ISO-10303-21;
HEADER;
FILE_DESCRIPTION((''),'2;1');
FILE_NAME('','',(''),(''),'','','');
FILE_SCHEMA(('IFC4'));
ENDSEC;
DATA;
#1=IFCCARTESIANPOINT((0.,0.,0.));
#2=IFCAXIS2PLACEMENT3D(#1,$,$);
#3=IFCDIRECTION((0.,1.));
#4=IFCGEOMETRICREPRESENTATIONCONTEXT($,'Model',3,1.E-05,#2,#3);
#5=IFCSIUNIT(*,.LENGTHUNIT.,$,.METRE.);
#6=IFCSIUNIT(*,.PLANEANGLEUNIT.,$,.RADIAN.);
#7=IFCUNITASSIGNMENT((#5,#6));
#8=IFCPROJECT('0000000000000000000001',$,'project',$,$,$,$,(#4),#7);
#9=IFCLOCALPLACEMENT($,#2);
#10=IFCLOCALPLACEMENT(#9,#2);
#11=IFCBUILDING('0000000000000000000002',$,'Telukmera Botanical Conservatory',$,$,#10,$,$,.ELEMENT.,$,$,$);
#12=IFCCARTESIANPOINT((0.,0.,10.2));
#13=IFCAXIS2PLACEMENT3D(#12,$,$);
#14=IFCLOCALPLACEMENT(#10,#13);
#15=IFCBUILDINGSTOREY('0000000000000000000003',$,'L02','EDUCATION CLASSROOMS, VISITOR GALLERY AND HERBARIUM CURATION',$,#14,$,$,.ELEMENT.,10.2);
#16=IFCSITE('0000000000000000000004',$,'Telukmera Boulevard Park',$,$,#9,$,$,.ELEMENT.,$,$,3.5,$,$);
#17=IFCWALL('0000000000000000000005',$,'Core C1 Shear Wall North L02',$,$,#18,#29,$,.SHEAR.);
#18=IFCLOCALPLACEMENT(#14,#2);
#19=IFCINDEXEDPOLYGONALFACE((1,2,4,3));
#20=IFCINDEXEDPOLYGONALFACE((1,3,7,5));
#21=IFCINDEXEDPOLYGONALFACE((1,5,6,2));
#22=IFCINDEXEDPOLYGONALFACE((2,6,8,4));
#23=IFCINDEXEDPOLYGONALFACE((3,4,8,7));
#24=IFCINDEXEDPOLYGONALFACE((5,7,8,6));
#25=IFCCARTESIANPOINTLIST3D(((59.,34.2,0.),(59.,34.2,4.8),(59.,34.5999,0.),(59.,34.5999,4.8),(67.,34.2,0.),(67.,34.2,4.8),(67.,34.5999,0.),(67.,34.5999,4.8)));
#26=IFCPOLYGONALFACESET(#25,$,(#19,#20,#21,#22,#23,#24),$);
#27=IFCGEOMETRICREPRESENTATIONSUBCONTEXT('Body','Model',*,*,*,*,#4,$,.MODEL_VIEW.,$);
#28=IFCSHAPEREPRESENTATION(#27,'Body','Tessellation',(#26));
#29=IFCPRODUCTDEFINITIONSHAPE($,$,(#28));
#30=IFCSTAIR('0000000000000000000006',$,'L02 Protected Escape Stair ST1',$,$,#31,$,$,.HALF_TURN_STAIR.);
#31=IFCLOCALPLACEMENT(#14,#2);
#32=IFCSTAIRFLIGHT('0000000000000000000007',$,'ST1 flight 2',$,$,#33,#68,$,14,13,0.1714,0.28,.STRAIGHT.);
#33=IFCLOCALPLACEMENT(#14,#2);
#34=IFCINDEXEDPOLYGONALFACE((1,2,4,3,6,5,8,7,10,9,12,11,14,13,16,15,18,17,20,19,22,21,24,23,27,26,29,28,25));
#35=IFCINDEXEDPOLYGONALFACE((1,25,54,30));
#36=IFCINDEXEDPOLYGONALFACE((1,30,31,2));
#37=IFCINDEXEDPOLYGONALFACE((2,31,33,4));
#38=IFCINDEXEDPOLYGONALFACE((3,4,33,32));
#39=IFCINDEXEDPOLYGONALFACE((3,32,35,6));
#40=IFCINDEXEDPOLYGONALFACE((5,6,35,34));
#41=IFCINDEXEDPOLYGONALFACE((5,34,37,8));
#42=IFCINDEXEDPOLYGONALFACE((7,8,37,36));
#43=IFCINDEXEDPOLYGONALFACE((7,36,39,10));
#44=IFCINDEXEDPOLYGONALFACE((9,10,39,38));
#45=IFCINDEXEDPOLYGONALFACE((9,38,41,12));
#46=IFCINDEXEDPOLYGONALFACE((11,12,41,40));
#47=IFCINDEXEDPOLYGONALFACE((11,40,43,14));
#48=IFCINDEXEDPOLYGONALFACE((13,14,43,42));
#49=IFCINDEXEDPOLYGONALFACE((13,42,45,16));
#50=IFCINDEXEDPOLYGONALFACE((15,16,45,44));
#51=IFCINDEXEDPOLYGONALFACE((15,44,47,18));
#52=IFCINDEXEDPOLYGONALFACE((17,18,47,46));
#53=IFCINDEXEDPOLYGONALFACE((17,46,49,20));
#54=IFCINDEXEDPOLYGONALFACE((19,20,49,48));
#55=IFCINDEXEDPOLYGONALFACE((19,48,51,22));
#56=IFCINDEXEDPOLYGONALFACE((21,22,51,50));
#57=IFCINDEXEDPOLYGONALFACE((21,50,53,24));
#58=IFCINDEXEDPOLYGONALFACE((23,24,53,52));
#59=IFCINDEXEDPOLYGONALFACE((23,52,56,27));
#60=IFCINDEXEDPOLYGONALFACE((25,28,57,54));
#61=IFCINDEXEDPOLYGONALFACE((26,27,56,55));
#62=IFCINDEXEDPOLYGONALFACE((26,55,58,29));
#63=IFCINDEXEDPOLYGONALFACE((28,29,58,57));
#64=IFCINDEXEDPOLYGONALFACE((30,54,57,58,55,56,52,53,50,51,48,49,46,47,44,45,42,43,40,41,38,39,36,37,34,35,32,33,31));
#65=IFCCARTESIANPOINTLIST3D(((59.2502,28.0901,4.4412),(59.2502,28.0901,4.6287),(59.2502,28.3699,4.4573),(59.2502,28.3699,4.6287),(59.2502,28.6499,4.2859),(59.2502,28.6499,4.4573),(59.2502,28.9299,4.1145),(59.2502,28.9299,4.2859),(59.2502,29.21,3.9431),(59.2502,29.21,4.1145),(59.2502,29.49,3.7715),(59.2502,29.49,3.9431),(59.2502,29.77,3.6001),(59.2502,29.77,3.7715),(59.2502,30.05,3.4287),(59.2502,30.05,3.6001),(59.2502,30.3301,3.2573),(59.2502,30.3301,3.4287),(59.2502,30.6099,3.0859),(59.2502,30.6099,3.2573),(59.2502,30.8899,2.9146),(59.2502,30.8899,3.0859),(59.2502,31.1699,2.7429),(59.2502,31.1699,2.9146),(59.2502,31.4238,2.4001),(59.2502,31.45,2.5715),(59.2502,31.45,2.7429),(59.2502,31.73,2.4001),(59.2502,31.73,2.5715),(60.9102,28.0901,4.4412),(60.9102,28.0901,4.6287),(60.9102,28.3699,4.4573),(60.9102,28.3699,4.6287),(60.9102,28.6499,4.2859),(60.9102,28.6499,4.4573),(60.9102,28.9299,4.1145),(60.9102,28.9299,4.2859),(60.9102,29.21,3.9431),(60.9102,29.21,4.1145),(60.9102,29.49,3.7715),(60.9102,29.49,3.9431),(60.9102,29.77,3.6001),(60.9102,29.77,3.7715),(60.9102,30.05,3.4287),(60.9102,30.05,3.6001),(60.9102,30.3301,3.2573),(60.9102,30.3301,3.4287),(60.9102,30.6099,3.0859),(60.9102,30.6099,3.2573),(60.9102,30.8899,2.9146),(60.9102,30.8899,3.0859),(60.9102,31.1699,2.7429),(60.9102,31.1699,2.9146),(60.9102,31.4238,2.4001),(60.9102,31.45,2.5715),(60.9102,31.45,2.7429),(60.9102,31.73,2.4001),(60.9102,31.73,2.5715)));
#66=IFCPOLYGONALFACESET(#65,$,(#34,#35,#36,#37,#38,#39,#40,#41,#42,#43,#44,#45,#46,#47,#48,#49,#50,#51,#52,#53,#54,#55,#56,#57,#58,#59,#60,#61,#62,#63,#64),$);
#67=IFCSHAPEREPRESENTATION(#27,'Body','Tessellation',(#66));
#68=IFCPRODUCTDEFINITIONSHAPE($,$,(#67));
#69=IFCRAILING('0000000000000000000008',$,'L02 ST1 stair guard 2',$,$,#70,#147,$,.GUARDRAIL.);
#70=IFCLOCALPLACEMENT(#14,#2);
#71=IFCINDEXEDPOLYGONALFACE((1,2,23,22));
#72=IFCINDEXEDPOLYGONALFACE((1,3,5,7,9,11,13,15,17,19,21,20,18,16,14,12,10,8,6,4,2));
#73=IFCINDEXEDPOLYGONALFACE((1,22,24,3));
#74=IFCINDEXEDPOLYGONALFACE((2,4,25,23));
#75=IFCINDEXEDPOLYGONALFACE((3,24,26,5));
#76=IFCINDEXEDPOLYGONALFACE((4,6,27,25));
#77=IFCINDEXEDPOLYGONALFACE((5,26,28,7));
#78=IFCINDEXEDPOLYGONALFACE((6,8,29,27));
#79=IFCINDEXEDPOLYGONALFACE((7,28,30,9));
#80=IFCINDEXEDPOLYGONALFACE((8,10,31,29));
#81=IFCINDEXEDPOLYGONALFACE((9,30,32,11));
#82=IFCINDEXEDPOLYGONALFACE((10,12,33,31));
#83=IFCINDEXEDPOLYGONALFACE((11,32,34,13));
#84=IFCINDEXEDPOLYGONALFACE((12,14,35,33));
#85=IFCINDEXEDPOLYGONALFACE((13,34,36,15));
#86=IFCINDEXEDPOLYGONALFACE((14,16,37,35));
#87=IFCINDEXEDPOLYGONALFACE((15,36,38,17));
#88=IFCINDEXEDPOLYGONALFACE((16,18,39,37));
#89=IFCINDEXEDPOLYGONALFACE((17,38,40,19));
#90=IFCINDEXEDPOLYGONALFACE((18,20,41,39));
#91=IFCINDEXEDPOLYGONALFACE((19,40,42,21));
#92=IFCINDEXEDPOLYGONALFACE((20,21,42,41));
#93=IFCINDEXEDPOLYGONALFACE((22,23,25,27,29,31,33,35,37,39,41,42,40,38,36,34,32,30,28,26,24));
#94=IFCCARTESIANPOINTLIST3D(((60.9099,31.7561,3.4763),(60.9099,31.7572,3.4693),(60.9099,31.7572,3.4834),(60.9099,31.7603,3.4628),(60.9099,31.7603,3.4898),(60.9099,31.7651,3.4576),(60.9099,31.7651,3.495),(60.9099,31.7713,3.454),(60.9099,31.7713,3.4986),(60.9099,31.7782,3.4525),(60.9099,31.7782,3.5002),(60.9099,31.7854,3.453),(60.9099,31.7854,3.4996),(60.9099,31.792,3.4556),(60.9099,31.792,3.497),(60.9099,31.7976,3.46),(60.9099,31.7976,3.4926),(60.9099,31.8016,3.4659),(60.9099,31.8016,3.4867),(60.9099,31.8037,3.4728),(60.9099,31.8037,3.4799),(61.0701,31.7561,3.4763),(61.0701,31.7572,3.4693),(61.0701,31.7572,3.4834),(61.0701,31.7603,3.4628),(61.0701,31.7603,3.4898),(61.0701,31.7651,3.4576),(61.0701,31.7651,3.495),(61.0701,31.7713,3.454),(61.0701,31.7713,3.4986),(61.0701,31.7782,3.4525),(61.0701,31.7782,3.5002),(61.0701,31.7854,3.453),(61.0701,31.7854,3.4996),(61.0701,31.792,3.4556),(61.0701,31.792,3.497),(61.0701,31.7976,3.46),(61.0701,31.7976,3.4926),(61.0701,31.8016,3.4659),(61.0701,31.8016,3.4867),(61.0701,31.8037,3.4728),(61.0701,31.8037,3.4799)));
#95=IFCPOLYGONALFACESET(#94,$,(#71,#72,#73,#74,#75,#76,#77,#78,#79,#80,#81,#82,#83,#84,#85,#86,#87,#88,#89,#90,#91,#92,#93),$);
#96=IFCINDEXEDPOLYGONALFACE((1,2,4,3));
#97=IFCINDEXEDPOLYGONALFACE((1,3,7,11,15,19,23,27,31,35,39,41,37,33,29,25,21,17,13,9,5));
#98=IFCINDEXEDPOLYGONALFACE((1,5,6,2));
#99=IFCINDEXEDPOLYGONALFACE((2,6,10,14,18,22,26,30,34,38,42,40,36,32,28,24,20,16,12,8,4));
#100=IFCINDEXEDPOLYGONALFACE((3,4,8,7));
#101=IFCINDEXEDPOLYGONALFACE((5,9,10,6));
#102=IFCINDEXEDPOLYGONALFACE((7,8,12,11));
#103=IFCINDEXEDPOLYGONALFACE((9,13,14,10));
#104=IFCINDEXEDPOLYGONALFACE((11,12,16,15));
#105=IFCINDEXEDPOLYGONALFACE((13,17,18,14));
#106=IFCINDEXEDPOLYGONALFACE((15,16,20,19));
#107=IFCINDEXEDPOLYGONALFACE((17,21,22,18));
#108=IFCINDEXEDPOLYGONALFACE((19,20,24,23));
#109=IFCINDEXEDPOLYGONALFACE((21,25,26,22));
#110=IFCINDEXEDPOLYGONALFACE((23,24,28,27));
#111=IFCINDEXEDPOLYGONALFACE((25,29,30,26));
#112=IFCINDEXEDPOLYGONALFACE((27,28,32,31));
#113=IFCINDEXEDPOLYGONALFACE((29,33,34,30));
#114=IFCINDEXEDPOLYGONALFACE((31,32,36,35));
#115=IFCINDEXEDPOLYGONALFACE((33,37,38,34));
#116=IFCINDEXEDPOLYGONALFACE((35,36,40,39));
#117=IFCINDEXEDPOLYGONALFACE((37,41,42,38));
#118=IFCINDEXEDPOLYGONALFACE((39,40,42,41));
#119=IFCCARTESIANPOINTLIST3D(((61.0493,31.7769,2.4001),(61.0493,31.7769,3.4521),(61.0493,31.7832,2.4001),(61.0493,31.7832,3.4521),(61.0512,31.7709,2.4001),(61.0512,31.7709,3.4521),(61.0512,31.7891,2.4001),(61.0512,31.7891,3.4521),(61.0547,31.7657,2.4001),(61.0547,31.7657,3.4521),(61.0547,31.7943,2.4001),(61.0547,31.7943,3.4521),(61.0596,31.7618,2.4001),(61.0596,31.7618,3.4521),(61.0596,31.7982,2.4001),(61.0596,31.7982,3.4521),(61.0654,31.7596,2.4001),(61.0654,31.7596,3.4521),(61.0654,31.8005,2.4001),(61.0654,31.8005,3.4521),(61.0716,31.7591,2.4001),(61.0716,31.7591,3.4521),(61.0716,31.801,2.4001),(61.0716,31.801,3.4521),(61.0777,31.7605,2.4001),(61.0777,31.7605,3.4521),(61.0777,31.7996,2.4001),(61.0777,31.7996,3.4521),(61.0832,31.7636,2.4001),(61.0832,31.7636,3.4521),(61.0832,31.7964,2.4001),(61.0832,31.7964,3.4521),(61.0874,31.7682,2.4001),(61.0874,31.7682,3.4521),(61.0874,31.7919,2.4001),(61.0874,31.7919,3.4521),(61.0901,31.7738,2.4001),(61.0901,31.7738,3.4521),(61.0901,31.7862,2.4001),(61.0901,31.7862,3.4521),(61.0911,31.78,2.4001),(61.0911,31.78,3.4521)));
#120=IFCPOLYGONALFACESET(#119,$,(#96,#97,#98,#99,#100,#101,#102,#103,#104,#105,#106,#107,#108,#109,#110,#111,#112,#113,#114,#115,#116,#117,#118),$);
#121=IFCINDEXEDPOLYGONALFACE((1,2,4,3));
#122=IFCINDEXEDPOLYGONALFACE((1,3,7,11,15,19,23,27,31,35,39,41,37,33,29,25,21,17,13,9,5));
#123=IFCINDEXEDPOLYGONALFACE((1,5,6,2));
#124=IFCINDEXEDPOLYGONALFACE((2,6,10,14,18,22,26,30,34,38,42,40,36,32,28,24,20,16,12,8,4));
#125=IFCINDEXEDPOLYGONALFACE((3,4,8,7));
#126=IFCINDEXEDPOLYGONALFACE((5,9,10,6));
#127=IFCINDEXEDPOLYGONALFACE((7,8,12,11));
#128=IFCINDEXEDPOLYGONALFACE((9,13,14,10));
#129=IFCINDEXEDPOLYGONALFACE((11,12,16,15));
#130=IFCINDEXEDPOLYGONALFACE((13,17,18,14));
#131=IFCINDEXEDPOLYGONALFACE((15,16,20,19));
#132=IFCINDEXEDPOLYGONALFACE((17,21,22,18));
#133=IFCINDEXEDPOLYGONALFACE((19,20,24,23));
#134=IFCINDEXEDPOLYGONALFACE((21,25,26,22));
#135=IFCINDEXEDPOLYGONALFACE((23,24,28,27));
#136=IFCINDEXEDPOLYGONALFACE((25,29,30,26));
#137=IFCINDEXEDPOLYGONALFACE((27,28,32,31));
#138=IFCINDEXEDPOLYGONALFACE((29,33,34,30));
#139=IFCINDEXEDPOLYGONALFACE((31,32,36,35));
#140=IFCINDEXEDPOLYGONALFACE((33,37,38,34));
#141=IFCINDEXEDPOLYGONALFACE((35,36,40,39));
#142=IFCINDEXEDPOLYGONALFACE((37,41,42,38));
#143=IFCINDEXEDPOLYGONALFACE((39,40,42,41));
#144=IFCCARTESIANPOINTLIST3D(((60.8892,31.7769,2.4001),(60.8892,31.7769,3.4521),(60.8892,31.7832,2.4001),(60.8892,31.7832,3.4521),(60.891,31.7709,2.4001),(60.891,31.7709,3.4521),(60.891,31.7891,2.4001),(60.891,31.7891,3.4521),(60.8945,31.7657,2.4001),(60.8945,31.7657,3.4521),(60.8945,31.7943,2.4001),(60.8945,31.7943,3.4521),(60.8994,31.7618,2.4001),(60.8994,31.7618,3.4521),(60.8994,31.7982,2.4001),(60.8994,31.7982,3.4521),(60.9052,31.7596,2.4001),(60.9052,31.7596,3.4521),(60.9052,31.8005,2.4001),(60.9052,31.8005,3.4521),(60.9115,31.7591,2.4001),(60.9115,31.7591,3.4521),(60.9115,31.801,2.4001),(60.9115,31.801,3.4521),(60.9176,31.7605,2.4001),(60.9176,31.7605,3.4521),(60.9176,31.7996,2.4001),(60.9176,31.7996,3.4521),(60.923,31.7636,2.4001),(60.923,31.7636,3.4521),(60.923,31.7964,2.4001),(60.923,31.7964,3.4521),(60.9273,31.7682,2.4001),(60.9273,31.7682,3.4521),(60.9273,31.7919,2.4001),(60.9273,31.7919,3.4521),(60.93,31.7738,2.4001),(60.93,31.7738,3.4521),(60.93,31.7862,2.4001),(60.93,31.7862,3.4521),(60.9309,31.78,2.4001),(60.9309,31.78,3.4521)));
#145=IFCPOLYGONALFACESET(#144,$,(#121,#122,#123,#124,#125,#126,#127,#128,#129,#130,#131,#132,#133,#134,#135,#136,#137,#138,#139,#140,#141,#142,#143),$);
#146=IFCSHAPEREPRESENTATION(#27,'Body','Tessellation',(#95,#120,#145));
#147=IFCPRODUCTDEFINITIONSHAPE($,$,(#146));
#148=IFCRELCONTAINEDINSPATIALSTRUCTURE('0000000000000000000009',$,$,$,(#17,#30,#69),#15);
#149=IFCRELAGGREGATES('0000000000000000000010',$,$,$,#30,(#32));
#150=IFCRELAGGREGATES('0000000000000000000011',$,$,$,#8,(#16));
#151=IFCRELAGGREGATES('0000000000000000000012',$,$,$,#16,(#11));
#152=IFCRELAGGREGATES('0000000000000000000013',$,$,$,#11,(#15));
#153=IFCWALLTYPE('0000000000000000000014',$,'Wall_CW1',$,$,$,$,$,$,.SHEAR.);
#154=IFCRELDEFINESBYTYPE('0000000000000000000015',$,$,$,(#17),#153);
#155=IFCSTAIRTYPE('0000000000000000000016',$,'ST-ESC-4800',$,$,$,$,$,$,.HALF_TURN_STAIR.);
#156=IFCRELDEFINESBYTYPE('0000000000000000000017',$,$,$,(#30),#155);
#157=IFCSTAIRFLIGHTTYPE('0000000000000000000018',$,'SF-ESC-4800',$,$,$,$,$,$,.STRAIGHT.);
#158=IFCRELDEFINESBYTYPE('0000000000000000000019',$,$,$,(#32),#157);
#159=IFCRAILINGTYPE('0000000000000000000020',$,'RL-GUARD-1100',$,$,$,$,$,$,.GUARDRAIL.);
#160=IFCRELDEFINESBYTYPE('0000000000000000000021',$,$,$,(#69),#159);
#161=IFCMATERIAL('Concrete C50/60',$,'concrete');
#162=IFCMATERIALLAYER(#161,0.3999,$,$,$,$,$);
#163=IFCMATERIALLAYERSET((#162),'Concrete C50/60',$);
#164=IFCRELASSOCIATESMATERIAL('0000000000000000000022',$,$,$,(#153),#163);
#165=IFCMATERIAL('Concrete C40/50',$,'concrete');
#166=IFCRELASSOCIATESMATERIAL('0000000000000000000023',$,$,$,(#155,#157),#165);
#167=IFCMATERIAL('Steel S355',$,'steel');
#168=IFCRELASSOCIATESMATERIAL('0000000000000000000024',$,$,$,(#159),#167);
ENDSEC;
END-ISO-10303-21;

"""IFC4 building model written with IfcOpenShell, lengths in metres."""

from ifc_helpers import new_model, si_unit, direction, frame, frame_2d, origin, origin_2d, place, context, subcontext, project, spatial, polyline, rectangle, circle, outline, extrude, material, layer, layer_set, type_object, element, aggregate, save


model = new_model("IFC4")

# Units and contexts
model_context = context("Model", 3, precision=1e-05, world=origin(), true_north=direction((0.0, 1.0)))
body_context = subcontext(model_context, "Body", "Model", "MODEL_VIEW")
ifc_project = project(units=[si_unit("LENGTHUNIT", "METRE"), si_unit("PLANEANGLEUNIT", "RADIAN")], contexts=[model_context])

# Site, building, storey
site_placement = place(None, origin())
site = spatial("IfcSite", under=ifc_project, at=site_placement, Name="Telukmera Boulevard Park", CompositionType="ELEMENT", RefElevation=3.5)
building_placement = place(site_placement, origin())
building = spatial("IfcBuilding", under=site, at=building_placement, Name="Telukmera Botanical Conservatory", CompositionType="ELEMENT")
storey_placement = place(building_placement, frame((0.0, 0.0, 10.2)))
storey = spatial("IfcBuildingStorey", under=building, at=storey_placement, Name="L02", Description="EDUCATION CLASSROOMS, VISITOR GALLERY AND HERBARIUM CURATION", CompositionType="ELEMENT", Elevation=10.2)

# Shared definitions
ifc_material_1 = material(Name="Concrete C50/60", Category="concrete")

# Shared definitions
ifc_material_2 = material(Name="Concrete C40/50", Category="concrete")

# Wall
ifc_layer_1 = layer(ifc_material_1, 0.3999)
ifc_layer_set_1 = layer_set([ifc_layer_1], Name="Concrete C50/60")
wall_type_1 = type_object("IfcWallType", Name="Wall_CW1", PredefinedType="SHEAR", material=ifc_layer_set_1)
wall_1_placement = place(storey_placement, frame((59.0, 34.3999, 0.0), z_axis=(0.0, 0.0, 1.0), x_axis=(1.0, 0.0, 0.0)))
element("IfcWall", 1, at=wall_1_placement, inside=storey, type_object=wall_type_1, Name="Core C1 Shear Wall North L02", PredefinedType="SHEAR", context=body_context, shape_type="SweptSolid", body=[
    extrude(rectangle(XDim=8.0, YDim=0.3999, at=frame_2d((4.0, 0.0))), origin(), (0.0, 0.0, 1.0), 4.8),
])

# Stair, stair flight
stair_type = type_object("IfcStairType", Name="ST-ESC-4800", PredefinedType="HALF_TURN_STAIR", material=ifc_material_2)
stair_placement = place(storey_placement, origin())
stair = element("IfcStair", 2, at=stair_placement, inside=storey, type_object=stair_type, Name="L02 Protected Escape Stair ST1", PredefinedType="HALF_TURN_STAIR")
stair_flight_type = type_object("IfcStairFlightType", Name="SF-ESC-4800", PredefinedType="STRAIGHT", material=ifc_material_2)
stair_flight_placement = place(storey_placement, frame((60.0801, 31.73, 2.4001), z_axis=(0.0, 0.0, 1.0), x_axis=(0.0, -1.0, 0.0)))
stair_flight = element("IfcStairFlight", 3, at=stair_flight_placement, type_object=stair_flight_type, Name="ST1 flight 2", NumberOfRisers=14, NumberOfTreads=13, PredefinedType="STRAIGHT", RiserHeight=0.1714, TreadLength=0.28, context=body_context, shape_type="SweptSolid", body=[
    extrude(outline(polyline([(0.0, 0.0), (0.0, 0.1714), (0.28, 0.1714), (0.28, 0.3428), (0.5601, 0.3428), (0.5601, 0.5144), (0.8401, 0.5144), (0.8401, 0.6858), (1.1201, 0.6858), (1.1201, 0.8572), (1.3999, 0.8572), (1.3999, 1.0286), (1.6799, 1.0286), (1.6799, 1.2), (1.96, 1.2), (1.96, 1.3713), (2.24, 1.3713), (2.24, 1.543), (2.52, 1.543), (2.52, 1.7144), (2.8, 1.7144), (2.8, 1.8857), (3.0801, 1.8857), (3.0801, 2.0571), (3.3601, 2.0571), (3.3601, 2.2285), (3.6399, 2.2285), (3.6399, 2.3999), (3.6399, 2.041), (0.3062, 0.0), (0.0, 0.0)])), frame((0.0, 0.8301, 0.0), z_axis=(0.0, -1.0, 0.0), x_axis=(1.0, 0.0, 0.0)), (0.0, 0.0, 1.0), 1.6599),
])
aggregate(stair, [stair_flight])

# Railing
ifc_material_3 = material(Name="Steel S355", Category="steel")
railing_type = type_object("IfcRailingType", Name="RL-GUARD-1100", PredefinedType="GUARDRAIL", material=ifc_material_3)
railing_1_placement = place(storey_placement, frame((61.0701, 31.78, 2.4001)))
element("IfcRailing", 4, at=railing_1_placement, inside=storey, type_object=railing_type, Name="L02 ST1 stair guard 2", PredefinedType="GUARDRAIL", context=body_context, shape_type="SweptSolid", body=[
    extrude(circle(Radius=0.0239, at=origin_2d()), frame((0.0, 0.0, 1.0762), z_axis=(-1.0, 0.0, 0.0), x_axis=(0.0, -1.0, 0.0)), (0.0, 0.0, 1.0), 0.1602),
    extrude(circle(Radius=0.021, at=origin_2d()), origin(), (0.0, 0.0, 1.0), 1.052),
    extrude(circle(Radius=0.021, at=origin_2d()), frame((-0.1602, 0.0, 0.0)), (0.0, 0.0, 1.0), 1.052),
])

save(model, "model.ifc")
